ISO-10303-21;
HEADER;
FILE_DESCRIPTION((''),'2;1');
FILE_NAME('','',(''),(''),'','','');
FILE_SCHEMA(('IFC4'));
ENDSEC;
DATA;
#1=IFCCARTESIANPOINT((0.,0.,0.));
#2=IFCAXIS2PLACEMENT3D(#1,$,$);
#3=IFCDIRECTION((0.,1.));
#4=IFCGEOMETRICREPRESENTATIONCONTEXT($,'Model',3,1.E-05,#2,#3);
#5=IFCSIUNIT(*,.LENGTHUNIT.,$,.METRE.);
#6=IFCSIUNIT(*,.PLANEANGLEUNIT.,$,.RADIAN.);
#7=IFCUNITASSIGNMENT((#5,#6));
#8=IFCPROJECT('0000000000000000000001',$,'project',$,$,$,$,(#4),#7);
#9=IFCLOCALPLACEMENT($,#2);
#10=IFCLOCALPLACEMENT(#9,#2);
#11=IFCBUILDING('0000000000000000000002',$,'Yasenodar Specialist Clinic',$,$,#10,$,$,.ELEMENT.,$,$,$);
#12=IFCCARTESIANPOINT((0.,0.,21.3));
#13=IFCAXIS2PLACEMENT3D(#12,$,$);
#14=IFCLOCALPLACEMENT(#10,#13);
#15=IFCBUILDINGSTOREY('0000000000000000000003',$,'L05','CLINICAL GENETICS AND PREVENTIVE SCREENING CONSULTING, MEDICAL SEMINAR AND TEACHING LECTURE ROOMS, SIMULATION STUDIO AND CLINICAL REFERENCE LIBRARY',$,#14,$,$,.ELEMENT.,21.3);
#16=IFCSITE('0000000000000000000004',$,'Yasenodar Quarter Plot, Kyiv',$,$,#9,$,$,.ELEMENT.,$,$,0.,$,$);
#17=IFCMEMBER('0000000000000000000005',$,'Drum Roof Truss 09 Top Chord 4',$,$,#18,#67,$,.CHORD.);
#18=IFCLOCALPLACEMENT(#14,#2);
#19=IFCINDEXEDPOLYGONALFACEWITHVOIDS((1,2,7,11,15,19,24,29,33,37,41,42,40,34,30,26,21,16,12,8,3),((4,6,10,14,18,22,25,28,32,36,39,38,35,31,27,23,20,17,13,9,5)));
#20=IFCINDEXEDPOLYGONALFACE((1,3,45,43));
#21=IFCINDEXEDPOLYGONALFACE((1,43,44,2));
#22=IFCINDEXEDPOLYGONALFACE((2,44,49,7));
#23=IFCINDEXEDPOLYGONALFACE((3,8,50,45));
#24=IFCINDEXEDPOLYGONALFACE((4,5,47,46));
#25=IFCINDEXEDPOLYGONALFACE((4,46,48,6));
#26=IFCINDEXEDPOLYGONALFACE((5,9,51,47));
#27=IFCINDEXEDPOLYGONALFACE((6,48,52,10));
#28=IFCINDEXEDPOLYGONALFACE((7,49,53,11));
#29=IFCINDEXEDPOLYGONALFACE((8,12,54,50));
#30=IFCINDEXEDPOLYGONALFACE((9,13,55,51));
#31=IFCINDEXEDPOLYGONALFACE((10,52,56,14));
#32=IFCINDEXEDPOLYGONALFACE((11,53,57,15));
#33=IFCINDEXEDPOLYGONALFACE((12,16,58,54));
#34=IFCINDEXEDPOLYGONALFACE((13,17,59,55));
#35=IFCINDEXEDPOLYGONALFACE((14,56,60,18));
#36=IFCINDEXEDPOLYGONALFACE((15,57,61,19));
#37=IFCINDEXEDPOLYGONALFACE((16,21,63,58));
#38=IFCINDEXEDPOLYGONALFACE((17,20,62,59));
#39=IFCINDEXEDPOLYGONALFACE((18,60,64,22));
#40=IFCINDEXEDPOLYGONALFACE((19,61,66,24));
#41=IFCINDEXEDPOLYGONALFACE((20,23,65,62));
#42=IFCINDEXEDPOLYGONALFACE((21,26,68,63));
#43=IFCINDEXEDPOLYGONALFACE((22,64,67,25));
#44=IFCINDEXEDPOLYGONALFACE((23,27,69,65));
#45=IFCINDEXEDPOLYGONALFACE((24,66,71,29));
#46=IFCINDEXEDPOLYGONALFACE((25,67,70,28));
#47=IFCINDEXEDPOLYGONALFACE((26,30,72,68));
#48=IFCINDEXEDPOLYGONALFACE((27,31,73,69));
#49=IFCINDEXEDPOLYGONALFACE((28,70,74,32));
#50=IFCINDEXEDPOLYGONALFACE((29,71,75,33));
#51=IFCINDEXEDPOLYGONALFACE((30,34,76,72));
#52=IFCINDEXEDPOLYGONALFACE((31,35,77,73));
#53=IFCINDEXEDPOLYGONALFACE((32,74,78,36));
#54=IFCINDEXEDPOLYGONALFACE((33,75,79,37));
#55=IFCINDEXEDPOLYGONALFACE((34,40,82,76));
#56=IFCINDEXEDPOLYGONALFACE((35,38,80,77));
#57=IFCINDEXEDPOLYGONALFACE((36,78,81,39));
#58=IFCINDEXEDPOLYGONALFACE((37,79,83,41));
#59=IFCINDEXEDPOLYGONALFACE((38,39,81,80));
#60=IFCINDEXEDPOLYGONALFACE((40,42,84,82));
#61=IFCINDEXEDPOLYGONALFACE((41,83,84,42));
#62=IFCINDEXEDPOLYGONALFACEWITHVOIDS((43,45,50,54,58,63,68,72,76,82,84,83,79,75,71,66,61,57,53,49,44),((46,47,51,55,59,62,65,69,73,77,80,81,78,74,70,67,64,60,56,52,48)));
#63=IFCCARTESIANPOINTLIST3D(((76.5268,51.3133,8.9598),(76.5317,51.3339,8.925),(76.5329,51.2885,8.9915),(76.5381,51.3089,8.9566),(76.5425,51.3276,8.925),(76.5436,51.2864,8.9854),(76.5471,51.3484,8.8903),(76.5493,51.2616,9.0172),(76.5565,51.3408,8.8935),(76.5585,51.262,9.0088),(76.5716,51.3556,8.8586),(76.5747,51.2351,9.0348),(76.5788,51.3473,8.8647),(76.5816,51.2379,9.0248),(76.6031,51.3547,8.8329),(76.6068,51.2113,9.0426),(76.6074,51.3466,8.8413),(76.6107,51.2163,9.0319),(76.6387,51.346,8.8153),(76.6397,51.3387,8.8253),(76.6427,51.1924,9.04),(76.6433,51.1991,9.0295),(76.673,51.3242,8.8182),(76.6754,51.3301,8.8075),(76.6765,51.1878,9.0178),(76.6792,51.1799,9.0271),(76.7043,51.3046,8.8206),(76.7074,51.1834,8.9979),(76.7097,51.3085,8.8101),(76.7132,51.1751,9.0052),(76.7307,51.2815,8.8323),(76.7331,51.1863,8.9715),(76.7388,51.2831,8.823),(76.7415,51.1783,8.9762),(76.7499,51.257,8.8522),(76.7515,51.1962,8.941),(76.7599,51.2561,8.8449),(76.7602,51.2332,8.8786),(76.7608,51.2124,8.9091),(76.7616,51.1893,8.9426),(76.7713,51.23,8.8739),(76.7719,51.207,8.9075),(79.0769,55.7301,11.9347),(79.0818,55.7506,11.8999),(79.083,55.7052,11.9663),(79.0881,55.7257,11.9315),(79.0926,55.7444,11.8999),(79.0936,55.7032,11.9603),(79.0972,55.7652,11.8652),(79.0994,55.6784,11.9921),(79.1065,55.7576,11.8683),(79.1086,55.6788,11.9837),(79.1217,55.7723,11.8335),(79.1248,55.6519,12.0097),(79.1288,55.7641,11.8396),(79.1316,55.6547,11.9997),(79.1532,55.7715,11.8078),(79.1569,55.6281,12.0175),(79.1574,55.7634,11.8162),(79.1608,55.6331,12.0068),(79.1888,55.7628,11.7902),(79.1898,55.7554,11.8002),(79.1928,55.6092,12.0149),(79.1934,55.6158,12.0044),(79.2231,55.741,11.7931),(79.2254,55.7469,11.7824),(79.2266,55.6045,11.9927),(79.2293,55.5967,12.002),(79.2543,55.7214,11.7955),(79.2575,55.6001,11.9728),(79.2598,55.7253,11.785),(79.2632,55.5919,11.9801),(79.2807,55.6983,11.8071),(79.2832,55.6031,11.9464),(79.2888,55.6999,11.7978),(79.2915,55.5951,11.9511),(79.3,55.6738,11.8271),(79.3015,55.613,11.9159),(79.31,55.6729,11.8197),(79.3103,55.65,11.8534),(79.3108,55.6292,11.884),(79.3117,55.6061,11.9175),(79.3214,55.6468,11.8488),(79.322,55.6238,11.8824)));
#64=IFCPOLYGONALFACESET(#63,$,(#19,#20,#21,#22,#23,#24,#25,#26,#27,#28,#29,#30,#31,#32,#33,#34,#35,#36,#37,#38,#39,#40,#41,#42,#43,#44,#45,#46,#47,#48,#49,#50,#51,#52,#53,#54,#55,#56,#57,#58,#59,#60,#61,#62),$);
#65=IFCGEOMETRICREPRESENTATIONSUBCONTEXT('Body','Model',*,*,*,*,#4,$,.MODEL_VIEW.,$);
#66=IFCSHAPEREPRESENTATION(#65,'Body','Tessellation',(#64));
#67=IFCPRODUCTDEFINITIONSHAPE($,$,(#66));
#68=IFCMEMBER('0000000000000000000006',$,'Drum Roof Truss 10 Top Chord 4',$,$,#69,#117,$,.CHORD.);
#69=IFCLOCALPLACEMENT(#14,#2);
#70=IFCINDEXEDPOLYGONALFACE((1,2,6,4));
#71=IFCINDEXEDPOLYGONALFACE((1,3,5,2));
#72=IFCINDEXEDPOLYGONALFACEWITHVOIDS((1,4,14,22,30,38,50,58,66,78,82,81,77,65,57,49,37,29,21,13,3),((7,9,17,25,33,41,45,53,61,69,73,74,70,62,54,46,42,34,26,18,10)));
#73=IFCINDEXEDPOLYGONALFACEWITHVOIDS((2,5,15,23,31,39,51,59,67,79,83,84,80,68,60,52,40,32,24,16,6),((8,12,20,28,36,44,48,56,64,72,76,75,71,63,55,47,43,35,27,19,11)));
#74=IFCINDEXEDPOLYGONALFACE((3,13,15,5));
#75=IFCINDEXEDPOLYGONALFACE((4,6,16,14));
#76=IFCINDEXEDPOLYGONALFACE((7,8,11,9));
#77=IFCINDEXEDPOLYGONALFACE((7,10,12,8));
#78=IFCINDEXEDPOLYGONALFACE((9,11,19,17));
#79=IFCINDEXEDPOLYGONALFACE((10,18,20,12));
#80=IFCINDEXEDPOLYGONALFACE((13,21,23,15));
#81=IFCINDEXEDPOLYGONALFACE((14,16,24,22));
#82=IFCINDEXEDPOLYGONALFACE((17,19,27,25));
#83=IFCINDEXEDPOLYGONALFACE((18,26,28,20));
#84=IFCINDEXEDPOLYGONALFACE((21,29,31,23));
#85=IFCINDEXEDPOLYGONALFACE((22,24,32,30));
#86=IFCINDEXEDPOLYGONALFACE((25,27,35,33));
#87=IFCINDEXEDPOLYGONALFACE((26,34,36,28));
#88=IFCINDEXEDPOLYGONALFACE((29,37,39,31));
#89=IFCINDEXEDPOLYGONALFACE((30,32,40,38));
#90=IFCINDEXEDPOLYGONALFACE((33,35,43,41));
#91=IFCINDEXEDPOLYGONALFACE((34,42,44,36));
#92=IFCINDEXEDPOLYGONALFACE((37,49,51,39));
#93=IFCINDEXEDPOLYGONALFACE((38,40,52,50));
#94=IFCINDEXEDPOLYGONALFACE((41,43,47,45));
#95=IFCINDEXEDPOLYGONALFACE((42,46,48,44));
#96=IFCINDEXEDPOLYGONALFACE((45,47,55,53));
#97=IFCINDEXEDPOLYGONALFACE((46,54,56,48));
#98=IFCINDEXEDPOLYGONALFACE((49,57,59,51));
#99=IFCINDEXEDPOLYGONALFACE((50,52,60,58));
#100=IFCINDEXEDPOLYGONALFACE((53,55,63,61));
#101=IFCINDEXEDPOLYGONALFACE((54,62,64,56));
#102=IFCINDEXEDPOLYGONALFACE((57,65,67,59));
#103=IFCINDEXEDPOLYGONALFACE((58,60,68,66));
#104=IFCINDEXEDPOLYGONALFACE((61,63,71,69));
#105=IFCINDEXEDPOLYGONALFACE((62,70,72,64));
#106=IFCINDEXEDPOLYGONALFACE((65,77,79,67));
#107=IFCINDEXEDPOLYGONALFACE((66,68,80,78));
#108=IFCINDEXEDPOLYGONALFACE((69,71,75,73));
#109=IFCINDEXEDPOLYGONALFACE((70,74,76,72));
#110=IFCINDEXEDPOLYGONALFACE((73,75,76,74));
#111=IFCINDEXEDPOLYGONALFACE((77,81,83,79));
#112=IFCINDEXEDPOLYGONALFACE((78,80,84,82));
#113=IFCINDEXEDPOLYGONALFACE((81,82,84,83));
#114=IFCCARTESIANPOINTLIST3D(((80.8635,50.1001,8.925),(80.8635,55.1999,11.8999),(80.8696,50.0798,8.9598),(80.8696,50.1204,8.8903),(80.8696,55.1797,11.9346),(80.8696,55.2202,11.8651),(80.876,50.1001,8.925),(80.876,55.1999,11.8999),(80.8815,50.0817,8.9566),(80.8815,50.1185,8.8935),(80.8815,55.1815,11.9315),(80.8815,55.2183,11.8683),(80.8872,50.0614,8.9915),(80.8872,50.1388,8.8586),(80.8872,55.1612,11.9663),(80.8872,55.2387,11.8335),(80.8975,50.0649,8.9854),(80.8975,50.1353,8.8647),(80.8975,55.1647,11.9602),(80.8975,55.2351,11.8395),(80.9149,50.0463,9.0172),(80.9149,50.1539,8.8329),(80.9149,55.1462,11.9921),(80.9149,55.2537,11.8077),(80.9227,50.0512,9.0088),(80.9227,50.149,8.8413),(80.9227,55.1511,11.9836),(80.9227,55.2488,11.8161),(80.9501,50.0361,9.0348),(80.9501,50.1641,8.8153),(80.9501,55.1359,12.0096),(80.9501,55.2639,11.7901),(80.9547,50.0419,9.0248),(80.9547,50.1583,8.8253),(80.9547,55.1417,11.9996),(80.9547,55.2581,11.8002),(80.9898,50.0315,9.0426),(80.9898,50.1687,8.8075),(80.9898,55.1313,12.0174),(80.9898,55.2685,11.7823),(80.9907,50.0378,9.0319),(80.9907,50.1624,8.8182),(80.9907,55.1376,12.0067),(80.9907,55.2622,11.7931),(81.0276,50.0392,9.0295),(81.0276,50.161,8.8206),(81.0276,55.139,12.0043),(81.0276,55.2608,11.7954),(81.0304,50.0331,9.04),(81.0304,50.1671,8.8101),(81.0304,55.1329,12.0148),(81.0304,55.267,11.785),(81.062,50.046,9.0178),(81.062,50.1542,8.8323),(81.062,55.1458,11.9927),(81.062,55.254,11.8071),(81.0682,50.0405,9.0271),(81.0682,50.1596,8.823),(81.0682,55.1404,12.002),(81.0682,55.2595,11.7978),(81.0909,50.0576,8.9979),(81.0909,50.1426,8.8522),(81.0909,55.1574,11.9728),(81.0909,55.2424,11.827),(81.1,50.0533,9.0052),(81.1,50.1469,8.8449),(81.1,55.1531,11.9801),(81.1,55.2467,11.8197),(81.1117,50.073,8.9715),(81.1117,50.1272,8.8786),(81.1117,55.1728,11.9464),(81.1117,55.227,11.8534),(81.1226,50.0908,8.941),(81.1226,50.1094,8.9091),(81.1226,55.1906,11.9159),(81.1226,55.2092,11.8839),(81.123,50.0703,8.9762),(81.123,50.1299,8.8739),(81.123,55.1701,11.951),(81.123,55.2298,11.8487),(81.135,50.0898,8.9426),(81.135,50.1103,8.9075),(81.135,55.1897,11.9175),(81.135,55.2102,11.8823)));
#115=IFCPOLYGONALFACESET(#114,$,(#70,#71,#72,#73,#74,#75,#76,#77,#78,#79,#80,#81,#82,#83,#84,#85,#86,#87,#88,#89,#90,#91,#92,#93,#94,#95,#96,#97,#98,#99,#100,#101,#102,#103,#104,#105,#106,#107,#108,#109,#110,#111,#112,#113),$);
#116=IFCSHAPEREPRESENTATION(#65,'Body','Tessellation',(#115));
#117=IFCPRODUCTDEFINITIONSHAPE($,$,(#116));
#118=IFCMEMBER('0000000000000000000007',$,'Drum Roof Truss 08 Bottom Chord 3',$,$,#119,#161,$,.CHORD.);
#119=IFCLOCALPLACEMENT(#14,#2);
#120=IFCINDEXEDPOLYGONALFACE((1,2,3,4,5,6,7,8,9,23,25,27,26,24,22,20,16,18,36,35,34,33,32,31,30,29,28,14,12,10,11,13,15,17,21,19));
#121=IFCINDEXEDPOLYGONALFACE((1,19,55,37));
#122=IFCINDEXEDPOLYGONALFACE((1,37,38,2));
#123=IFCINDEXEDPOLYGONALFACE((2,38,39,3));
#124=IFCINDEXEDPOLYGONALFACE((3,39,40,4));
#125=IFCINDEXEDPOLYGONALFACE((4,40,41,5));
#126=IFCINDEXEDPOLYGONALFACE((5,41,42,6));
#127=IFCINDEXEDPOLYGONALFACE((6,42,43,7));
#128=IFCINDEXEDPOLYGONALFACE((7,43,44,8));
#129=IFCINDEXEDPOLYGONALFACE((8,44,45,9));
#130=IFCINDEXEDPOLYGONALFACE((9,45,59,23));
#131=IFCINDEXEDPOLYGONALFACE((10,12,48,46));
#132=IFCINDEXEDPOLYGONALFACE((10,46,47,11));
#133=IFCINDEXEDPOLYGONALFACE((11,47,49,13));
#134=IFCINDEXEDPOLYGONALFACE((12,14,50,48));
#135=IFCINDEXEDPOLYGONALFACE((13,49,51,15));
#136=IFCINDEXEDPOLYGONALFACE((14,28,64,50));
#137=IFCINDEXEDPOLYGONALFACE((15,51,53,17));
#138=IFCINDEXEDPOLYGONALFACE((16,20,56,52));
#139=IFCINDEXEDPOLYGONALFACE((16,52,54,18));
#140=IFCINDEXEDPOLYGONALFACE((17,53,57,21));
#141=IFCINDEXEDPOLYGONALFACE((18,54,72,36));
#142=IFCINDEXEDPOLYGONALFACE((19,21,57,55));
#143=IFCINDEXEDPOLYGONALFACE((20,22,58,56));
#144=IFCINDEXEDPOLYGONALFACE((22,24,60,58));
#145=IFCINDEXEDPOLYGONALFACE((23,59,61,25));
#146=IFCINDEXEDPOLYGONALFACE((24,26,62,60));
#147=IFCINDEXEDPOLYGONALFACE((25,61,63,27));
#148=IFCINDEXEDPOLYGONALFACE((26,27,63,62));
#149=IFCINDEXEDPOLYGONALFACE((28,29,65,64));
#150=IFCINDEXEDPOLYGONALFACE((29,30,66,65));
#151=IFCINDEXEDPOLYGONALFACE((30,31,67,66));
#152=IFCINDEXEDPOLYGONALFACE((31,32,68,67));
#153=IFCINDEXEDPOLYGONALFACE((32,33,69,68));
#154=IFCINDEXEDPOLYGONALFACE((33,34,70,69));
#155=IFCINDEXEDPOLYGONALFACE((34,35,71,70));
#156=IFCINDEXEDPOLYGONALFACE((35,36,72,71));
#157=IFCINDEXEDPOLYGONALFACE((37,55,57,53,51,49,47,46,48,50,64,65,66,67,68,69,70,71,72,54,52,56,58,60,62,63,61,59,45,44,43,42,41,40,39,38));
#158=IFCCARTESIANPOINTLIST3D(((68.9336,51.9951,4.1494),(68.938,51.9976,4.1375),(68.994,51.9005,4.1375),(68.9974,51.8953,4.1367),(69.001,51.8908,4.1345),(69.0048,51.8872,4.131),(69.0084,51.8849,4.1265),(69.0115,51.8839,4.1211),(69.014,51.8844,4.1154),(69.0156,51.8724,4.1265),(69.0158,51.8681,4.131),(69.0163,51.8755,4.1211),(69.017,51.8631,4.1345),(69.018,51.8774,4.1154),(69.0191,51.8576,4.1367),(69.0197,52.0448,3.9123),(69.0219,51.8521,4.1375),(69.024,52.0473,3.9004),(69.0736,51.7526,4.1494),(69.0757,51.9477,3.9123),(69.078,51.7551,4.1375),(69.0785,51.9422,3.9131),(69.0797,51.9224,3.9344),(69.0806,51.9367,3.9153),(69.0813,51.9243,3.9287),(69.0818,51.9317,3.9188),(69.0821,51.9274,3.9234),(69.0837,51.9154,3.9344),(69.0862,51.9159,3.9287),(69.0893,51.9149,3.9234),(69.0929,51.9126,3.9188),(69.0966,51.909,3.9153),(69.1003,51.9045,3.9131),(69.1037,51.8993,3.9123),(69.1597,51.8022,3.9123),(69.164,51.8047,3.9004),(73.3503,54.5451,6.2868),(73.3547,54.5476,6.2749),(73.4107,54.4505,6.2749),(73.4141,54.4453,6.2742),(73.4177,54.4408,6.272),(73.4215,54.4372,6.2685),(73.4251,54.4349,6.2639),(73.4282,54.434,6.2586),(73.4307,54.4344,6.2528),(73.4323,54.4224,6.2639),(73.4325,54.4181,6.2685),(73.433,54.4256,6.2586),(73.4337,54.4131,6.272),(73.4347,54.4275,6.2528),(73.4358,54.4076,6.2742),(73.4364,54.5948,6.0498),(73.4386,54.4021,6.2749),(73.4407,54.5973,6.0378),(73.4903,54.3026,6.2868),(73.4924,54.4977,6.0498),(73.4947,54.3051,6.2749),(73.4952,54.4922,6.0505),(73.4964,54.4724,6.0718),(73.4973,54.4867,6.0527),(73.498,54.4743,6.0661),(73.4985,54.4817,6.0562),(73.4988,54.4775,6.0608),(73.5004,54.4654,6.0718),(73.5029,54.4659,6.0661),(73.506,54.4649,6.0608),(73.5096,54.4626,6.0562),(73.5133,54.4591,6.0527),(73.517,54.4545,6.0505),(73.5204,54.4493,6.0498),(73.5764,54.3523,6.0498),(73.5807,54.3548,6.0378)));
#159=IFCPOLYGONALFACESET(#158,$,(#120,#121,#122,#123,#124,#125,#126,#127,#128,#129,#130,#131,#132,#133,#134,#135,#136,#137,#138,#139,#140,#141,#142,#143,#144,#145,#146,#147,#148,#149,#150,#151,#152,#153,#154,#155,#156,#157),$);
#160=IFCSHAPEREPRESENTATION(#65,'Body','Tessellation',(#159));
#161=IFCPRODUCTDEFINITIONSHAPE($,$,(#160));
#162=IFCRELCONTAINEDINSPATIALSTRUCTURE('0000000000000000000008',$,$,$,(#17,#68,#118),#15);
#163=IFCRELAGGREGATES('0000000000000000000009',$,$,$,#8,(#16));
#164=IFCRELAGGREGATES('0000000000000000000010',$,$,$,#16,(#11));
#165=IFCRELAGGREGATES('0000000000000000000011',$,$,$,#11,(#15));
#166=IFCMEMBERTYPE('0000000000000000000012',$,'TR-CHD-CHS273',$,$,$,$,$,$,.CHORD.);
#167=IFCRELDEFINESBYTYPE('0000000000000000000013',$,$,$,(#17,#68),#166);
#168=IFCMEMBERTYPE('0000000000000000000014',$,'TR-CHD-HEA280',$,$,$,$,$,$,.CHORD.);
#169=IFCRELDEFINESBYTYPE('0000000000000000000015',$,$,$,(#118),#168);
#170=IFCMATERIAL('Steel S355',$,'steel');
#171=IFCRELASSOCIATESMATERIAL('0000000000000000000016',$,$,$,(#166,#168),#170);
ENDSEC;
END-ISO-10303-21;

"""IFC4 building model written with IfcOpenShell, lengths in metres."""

from ifc_helpers import new_model, si_unit, direction, frame, origin, origin_2d, place, context, subcontext, project, spatial, hollow_circle, i_section, extrude, material, material_profile, profile_set, type_object, element, save


model = new_model("IFC4")

# Units and contexts
model_context = context("Model", 3, precision=1e-05, world=origin(), true_north=direction((0.0, 1.0)))
body_context = subcontext(model_context, "Body", "Model", "MODEL_VIEW")
ifc_project = project(units=[si_unit("LENGTHUNIT", "METRE"), si_unit("PLANEANGLEUNIT", "RADIAN")], contexts=[model_context])

# Site, building, storey
site_placement = place(None, origin())
site = spatial("IfcSite", under=ifc_project, at=site_placement, Name="Yasenodar Quarter Plot, Kyiv", CompositionType="ELEMENT", RefElevation=0.0)
building_placement = place(site_placement, origin())
building = spatial("IfcBuilding", under=site, at=building_placement, Name="Yasenodar Specialist Clinic", CompositionType="ELEMENT")
storey_placement = place(building_placement, frame((0.0, 0.0, 21.3)))
storey = spatial("IfcBuildingStorey", under=building, at=storey_placement, Name="L05", Description="CLINICAL GENETICS AND PREVENTIVE SCREENING CONSULTING, MEDICAL SEMINAR AND TEACHING LECTURE ROOMS, SIMULATION STUDIO AND CLINICAL REFERENCE LIBRARY", CompositionType="ELEMENT", Elevation=21.3)

# Shared definitions
ifc_material = material(Name="Steel S355", Category="steel")

# Members
ifc_material_profile_1 = material_profile(ifc_material, hollow_circle(Radius=0.1365, WallThickness=0.0125, at=origin_2d()), Name="CHS 273x12.5")
ifc_profile_set_1 = profile_set([ifc_material_profile_1], Name="Steel S355")
member_type_1 = type_object("IfcMemberType", Name="TR-CHD-CHS273", PredefinedType="CHORD", material=ifc_profile_set_1)
for number, where, z_axis, x_axis, name in (
    (1, (76.6499, 51.2656, 8.925), (0.431901, 0.748063, 0.50385), (-0.866022, 0.500006, 0.0), "Drum Roof Truss 09 Top Chord 4"),
):
    element("IfcMember", number, at=place(storey_placement, frame(where, z_axis=z_axis, x_axis=x_axis)), inside=storey, type_object=member_type_1, Name=name, PredefinedType="CHORD", context=body_context, shape_type="SweptSolid", body=[
        extrude(hollow_circle(Radius=0.1365, WallThickness=0.0125, at=origin_2d()), origin(), (0.0, 0.0, 1.0), 5.9043),
    ])
member_1_placement = place(storey_placement, frame((81.0, 50.1001, 8.925), z_axis=(0.0, 0.863783, 0.503863), x_axis=(-1.0, 0.0, 0.0)))
element("IfcMember", 2, at=member_1_placement, inside=storey, type_object=member_type_1, Name="Drum Roof Truss 10 Top Chord 4", PredefinedType="CHORD", context=body_context, shape_type="SweptSolid", body=[
    extrude(hollow_circle(Radius=0.1365, WallThickness=0.0125, at=origin_2d()), origin(), (0.0, 0.0, 1.0), 5.9041),
])
ifc_material_profile_2 = material_profile(ifc_material, i_section(OverallWidth=0.28, OverallDepth=0.27, WebThickness=0.0081, FlangeThickness=0.0129, FilletRadius=0.0239, at=origin_2d()), Name="HEA 280")
ifc_profile_set_2 = profile_set([ifc_material_profile_2], Name="Steel S355")
member_type_2 = type_object("IfcMemberType", Name="TR-CHD-HEA280", PredefinedType="CHORD", material=ifc_profile_set_2)
member_2_placement = place(storey_placement, frame((69.0488, 51.8999, 4.0249), z_axis=(0.798712, 0.461143, 0.386531), x_axis=(-0.500006, 0.866022, 0.0)))
element("IfcMember", 3, at=member_2_placement, inside=storey, type_object=member_type_2, Name="Drum Roof Truss 08 Bottom Chord 3", PredefinedType="CHORD", context=body_context, shape_type="SweptSolid", body=[
    extrude(i_section(OverallWidth=0.28, OverallDepth=0.27, WebThickness=0.0081, FlangeThickness=0.0129, FilletRadius=0.0239, at=origin_2d()), origin(), (0.0, 0.0, 1.0), 5.5298),
])

save(model, "model.ifc")
